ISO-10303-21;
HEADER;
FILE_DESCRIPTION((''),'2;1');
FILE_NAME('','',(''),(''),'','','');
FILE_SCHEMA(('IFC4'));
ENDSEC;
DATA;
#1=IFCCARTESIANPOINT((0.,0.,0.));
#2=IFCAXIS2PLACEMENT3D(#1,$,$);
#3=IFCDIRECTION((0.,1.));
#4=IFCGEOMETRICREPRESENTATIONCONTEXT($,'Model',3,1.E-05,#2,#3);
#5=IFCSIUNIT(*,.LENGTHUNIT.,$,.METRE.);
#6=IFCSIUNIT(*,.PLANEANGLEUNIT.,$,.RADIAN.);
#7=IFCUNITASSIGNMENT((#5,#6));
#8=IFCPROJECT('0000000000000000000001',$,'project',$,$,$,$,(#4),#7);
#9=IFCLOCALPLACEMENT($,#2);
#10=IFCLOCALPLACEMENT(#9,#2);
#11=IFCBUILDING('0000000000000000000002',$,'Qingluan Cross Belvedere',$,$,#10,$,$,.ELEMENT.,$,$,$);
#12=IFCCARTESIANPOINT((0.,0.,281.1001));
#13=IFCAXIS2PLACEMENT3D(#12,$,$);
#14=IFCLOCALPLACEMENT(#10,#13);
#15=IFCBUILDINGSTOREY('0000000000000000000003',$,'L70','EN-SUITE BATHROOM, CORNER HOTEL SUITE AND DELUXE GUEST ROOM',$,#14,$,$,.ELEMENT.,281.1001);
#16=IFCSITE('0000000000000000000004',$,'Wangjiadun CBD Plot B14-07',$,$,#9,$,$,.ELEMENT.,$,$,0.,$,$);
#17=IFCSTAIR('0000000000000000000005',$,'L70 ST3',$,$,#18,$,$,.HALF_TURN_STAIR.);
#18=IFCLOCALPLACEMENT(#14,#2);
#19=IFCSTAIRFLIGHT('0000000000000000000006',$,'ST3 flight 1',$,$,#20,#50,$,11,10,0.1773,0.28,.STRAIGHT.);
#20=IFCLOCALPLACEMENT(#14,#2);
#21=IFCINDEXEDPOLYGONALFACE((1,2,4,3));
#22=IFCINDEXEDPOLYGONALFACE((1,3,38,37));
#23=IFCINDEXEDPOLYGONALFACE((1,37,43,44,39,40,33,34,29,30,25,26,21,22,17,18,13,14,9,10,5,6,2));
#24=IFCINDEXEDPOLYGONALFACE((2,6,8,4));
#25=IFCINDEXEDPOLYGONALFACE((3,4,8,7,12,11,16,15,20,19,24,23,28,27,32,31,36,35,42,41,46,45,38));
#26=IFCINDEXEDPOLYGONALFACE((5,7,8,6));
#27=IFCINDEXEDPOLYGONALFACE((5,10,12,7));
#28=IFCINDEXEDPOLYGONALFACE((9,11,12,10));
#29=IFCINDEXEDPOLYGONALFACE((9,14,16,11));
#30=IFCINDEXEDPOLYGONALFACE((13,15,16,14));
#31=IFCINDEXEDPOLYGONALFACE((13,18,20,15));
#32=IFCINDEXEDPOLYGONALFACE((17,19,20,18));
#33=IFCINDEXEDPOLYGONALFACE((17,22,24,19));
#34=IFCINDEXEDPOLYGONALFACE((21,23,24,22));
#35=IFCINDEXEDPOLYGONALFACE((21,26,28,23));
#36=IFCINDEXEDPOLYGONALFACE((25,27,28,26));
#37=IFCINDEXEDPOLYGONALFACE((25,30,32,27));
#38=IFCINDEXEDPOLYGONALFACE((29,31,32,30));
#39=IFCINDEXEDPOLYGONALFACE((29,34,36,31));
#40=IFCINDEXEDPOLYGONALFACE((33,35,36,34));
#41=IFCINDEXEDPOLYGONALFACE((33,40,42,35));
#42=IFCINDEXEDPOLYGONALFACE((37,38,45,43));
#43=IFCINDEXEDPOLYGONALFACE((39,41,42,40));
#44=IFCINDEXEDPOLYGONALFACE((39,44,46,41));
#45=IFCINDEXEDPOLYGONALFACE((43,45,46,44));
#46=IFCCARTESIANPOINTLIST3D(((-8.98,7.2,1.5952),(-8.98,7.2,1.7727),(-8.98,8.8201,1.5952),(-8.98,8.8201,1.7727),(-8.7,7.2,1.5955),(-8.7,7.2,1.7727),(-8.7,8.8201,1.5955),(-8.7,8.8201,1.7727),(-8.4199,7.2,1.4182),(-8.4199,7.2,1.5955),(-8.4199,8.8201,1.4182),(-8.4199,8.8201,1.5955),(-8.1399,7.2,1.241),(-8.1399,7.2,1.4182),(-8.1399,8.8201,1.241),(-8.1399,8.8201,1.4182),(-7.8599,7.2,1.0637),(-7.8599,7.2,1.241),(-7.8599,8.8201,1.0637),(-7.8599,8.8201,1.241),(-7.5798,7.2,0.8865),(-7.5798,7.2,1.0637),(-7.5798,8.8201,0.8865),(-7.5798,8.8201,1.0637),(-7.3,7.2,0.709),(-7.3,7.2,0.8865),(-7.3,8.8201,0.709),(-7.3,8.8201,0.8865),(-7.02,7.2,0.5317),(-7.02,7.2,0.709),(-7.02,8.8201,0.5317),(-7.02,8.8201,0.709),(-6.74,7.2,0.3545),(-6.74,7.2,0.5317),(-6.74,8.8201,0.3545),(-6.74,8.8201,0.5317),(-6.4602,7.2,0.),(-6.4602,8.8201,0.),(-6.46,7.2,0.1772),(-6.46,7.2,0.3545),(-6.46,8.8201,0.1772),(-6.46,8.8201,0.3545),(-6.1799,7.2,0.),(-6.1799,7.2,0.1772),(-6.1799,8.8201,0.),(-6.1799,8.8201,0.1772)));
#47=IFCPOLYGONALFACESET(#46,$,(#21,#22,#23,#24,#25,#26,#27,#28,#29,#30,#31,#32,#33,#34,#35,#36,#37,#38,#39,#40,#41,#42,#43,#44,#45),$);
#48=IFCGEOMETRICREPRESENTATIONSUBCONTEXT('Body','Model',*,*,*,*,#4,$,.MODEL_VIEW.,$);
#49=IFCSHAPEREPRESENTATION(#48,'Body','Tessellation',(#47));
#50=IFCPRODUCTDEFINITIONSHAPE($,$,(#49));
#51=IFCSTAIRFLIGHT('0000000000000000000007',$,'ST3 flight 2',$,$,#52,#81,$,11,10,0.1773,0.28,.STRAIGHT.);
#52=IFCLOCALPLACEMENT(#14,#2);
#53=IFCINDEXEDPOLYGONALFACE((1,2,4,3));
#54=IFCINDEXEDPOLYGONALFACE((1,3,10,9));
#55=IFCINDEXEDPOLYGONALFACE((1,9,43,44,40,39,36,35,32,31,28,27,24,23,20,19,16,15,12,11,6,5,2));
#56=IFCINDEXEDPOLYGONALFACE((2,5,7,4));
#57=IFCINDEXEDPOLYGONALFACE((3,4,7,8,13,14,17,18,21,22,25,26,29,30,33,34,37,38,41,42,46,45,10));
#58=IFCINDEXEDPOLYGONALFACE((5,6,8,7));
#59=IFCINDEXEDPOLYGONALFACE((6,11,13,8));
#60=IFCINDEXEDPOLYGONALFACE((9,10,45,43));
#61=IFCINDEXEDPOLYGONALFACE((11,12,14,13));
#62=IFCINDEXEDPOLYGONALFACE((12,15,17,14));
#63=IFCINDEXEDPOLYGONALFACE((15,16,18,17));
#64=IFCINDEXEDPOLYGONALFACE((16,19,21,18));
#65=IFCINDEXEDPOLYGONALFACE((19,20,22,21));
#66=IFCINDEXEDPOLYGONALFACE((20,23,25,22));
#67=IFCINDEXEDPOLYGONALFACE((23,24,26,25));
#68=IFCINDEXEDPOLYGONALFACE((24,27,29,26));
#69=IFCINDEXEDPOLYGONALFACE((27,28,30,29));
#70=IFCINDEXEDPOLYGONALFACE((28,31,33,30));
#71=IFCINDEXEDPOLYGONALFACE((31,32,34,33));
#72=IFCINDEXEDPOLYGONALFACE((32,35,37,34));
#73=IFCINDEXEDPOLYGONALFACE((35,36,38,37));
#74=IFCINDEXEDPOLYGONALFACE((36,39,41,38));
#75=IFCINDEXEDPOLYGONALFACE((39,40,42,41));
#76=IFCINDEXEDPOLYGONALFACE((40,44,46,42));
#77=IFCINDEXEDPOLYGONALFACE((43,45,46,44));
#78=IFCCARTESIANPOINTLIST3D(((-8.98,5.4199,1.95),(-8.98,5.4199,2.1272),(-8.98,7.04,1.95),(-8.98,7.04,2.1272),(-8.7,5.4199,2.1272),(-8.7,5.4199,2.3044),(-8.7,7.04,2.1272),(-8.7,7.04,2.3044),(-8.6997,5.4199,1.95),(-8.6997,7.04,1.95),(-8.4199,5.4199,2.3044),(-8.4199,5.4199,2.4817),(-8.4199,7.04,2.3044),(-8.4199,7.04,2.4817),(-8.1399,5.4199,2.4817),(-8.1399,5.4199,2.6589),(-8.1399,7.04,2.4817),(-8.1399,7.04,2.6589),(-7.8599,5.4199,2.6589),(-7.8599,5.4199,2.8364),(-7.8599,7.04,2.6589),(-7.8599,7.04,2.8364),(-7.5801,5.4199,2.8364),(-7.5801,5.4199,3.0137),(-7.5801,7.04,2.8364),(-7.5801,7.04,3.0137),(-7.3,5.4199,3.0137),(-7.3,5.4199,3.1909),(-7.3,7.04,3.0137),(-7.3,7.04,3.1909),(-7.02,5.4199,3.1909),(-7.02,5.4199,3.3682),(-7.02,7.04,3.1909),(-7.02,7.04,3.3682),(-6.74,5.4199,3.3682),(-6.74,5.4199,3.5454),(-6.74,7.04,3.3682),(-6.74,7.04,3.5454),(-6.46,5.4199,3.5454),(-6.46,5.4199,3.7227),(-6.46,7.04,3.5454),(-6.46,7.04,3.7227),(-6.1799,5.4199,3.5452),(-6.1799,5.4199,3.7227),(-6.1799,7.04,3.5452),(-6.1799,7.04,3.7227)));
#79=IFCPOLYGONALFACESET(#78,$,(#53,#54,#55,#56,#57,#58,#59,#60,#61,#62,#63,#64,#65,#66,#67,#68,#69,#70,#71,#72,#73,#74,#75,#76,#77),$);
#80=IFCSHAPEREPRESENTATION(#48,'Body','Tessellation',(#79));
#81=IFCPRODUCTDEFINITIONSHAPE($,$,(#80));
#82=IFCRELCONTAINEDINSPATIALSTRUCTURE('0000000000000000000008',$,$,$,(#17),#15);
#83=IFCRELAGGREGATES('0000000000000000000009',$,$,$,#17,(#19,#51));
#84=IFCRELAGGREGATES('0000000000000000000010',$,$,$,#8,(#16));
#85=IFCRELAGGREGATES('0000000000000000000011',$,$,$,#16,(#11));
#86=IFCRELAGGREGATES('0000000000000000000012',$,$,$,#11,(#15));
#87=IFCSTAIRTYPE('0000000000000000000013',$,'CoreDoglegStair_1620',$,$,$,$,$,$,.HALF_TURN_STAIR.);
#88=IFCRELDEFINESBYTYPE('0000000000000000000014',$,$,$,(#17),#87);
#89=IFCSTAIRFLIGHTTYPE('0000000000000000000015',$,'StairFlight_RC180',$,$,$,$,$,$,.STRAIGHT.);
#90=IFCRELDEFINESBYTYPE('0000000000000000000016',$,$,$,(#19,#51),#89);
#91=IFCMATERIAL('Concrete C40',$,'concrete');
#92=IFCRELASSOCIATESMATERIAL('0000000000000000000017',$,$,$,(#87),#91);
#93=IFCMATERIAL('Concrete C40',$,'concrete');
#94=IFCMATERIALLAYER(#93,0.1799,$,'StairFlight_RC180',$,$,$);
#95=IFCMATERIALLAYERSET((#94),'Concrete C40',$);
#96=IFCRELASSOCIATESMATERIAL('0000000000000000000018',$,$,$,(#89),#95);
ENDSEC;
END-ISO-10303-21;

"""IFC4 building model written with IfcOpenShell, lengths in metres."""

from ifc_helpers import new_model, si_unit, direction, frame, origin, place, context, subcontext, project, spatial, polyline, outline, extrude, material, layer, layer_set, type_object, element, aggregate, save


model = new_model("IFC4")

# Units and contexts
model_context = context("Model", 3, precision=1e-05, world=origin(), true_north=direction((0.0, 1.0)))
body_context = subcontext(model_context, "Body", "Model", "MODEL_VIEW")
ifc_project = project(units=[si_unit("LENGTHUNIT", "METRE"), si_unit("PLANEANGLEUNIT", "RADIAN")], contexts=[model_context])

# Site, building, storey
site_placement = place(None, origin())
site = spatial("IfcSite", under=ifc_project, at=site_placement, Name="Wangjiadun CBD Plot B14-07", CompositionType="ELEMENT", RefElevation=0.0)
building_placement = place(site_placement, origin())
building = spatial("IfcBuilding", under=site, at=building_placement, Name="Qingluan Cross Belvedere", CompositionType="ELEMENT")
storey_placement = place(building_placement, frame((0.0, 0.0, 281.1001)))
storey = spatial("IfcBuildingStorey", under=building, at=storey_placement, Name="L70", Description="EN-SUITE BATHROOM, CORNER HOTEL SUITE AND DELUXE GUEST ROOM", CompositionType="ELEMENT", Elevation=281.1001)

# Stair, stair flights
ifc_material_1 = material(Name="Concrete C40", Category="concrete")
stair_type = type_object("IfcStairType", Name="CoreDoglegStair_1620", PredefinedType="HALF_TURN_STAIR", material=ifc_material_1)
stair_placement = place(storey_placement, origin())
stair = element("IfcStair", 1, at=stair_placement, inside=storey, type_object=stair_type, Name="L70 ST3", PredefinedType="HALF_TURN_STAIR")
ifc_material_2 = material(Name="Concrete C40", Category="concrete")
ifc_layer_1 = layer(ifc_material_2, 0.1799, Name="StairFlight_RC180")
ifc_layer_set_1 = layer_set([ifc_layer_1], Name="Concrete C40")
stair_flight_type = type_object("IfcStairFlightType", Name="StairFlight_RC180", PredefinedType="STRAIGHT", material=ifc_layer_set_1)
stair_flight_1_placement = place(storey_placement, frame((-6.1799, 8.01, 0.0), z_axis=(0.0, 0.0, 1.0), x_axis=(-1.0, 0.0, 0.0)))
stair_flight_1 = element("IfcStairFlight", 2, at=stair_flight_1_placement, type_object=stair_flight_type, Name="ST3 flight 1", NumberOfRisers=11, NumberOfTreads=10, PredefinedType="STRAIGHT", RiserHeight=0.1773, TreadLength=0.28, context=body_context, shape_type="SweptSolid", body=[
    extrude(outline(polyline([(0.0, 0.0), (0.0, 0.1772), (0.28, 0.1772), (0.28, 0.3545), (0.5601, 0.3545), (0.5601, 0.5317), (0.8401, 0.5317), (0.8401, 0.709), (1.1201, 0.709), (1.1201, 0.8865), (1.3999, 0.8865), (1.3999, 1.0637), (1.6799, 1.0637), (1.6799, 1.241), (1.96, 1.241), (1.96, 1.4182), (2.24, 1.4182), (2.24, 1.5955), (2.52, 1.5955), (2.52, 1.7727), (2.8, 1.7727), (2.8, 1.95), (2.8, 1.5952), (0.2803, 0.0), (0.0, 0.0)])), frame((0.0, 0.8101, 0.0), z_axis=(0.0, -1.0, 0.0), x_axis=(1.0, 0.0, 0.0)), (0.0, 0.0, 1.0), 1.6201),
])
stair_flight_2_placement = place(storey_placement, frame((-8.98, 6.23, 1.95), z_axis=(0.0, 0.0, 1.0), x_axis=(1.0, 0.0, 0.0)))
stair_flight_2 = element("IfcStairFlight", 3, at=stair_flight_2_placement, type_object=stair_flight_type, Name="ST3 flight 2", NumberOfRisers=11, NumberOfTreads=10, PredefinedType="STRAIGHT", RiserHeight=0.1773, TreadLength=0.28, context=body_context, shape_type="SweptSolid", body=[
    extrude(outline(polyline([(0.0, 0.0), (0.0, 0.1772), (0.28, 0.1772), (0.28, 0.3545), (0.5601, 0.3545), (0.5601, 0.5317), (0.8401, 0.5317), (0.8401, 0.709), (1.1201, 0.709), (1.1201, 0.8865), (1.3999, 0.8865), (1.3999, 1.0637), (1.6799, 1.0637), (1.6799, 1.241), (1.96, 1.241), (1.96, 1.4182), (2.24, 1.4182), (2.24, 1.5955), (2.52, 1.5955), (2.52, 1.7727), (2.8, 1.7727), (2.8, 1.95), (2.8, 1.5952), (0.2803, 0.0), (0.0, 0.0)])), frame((0.0, 0.8101, 0.0), z_axis=(0.0, -1.0, 0.0), x_axis=(1.0, 0.0, 0.0)), (0.0, 0.0, 1.0), 1.6201),
])
aggregate(stair, [stair_flight_1, stair_flight_2])

save(model, "model.ifc")
